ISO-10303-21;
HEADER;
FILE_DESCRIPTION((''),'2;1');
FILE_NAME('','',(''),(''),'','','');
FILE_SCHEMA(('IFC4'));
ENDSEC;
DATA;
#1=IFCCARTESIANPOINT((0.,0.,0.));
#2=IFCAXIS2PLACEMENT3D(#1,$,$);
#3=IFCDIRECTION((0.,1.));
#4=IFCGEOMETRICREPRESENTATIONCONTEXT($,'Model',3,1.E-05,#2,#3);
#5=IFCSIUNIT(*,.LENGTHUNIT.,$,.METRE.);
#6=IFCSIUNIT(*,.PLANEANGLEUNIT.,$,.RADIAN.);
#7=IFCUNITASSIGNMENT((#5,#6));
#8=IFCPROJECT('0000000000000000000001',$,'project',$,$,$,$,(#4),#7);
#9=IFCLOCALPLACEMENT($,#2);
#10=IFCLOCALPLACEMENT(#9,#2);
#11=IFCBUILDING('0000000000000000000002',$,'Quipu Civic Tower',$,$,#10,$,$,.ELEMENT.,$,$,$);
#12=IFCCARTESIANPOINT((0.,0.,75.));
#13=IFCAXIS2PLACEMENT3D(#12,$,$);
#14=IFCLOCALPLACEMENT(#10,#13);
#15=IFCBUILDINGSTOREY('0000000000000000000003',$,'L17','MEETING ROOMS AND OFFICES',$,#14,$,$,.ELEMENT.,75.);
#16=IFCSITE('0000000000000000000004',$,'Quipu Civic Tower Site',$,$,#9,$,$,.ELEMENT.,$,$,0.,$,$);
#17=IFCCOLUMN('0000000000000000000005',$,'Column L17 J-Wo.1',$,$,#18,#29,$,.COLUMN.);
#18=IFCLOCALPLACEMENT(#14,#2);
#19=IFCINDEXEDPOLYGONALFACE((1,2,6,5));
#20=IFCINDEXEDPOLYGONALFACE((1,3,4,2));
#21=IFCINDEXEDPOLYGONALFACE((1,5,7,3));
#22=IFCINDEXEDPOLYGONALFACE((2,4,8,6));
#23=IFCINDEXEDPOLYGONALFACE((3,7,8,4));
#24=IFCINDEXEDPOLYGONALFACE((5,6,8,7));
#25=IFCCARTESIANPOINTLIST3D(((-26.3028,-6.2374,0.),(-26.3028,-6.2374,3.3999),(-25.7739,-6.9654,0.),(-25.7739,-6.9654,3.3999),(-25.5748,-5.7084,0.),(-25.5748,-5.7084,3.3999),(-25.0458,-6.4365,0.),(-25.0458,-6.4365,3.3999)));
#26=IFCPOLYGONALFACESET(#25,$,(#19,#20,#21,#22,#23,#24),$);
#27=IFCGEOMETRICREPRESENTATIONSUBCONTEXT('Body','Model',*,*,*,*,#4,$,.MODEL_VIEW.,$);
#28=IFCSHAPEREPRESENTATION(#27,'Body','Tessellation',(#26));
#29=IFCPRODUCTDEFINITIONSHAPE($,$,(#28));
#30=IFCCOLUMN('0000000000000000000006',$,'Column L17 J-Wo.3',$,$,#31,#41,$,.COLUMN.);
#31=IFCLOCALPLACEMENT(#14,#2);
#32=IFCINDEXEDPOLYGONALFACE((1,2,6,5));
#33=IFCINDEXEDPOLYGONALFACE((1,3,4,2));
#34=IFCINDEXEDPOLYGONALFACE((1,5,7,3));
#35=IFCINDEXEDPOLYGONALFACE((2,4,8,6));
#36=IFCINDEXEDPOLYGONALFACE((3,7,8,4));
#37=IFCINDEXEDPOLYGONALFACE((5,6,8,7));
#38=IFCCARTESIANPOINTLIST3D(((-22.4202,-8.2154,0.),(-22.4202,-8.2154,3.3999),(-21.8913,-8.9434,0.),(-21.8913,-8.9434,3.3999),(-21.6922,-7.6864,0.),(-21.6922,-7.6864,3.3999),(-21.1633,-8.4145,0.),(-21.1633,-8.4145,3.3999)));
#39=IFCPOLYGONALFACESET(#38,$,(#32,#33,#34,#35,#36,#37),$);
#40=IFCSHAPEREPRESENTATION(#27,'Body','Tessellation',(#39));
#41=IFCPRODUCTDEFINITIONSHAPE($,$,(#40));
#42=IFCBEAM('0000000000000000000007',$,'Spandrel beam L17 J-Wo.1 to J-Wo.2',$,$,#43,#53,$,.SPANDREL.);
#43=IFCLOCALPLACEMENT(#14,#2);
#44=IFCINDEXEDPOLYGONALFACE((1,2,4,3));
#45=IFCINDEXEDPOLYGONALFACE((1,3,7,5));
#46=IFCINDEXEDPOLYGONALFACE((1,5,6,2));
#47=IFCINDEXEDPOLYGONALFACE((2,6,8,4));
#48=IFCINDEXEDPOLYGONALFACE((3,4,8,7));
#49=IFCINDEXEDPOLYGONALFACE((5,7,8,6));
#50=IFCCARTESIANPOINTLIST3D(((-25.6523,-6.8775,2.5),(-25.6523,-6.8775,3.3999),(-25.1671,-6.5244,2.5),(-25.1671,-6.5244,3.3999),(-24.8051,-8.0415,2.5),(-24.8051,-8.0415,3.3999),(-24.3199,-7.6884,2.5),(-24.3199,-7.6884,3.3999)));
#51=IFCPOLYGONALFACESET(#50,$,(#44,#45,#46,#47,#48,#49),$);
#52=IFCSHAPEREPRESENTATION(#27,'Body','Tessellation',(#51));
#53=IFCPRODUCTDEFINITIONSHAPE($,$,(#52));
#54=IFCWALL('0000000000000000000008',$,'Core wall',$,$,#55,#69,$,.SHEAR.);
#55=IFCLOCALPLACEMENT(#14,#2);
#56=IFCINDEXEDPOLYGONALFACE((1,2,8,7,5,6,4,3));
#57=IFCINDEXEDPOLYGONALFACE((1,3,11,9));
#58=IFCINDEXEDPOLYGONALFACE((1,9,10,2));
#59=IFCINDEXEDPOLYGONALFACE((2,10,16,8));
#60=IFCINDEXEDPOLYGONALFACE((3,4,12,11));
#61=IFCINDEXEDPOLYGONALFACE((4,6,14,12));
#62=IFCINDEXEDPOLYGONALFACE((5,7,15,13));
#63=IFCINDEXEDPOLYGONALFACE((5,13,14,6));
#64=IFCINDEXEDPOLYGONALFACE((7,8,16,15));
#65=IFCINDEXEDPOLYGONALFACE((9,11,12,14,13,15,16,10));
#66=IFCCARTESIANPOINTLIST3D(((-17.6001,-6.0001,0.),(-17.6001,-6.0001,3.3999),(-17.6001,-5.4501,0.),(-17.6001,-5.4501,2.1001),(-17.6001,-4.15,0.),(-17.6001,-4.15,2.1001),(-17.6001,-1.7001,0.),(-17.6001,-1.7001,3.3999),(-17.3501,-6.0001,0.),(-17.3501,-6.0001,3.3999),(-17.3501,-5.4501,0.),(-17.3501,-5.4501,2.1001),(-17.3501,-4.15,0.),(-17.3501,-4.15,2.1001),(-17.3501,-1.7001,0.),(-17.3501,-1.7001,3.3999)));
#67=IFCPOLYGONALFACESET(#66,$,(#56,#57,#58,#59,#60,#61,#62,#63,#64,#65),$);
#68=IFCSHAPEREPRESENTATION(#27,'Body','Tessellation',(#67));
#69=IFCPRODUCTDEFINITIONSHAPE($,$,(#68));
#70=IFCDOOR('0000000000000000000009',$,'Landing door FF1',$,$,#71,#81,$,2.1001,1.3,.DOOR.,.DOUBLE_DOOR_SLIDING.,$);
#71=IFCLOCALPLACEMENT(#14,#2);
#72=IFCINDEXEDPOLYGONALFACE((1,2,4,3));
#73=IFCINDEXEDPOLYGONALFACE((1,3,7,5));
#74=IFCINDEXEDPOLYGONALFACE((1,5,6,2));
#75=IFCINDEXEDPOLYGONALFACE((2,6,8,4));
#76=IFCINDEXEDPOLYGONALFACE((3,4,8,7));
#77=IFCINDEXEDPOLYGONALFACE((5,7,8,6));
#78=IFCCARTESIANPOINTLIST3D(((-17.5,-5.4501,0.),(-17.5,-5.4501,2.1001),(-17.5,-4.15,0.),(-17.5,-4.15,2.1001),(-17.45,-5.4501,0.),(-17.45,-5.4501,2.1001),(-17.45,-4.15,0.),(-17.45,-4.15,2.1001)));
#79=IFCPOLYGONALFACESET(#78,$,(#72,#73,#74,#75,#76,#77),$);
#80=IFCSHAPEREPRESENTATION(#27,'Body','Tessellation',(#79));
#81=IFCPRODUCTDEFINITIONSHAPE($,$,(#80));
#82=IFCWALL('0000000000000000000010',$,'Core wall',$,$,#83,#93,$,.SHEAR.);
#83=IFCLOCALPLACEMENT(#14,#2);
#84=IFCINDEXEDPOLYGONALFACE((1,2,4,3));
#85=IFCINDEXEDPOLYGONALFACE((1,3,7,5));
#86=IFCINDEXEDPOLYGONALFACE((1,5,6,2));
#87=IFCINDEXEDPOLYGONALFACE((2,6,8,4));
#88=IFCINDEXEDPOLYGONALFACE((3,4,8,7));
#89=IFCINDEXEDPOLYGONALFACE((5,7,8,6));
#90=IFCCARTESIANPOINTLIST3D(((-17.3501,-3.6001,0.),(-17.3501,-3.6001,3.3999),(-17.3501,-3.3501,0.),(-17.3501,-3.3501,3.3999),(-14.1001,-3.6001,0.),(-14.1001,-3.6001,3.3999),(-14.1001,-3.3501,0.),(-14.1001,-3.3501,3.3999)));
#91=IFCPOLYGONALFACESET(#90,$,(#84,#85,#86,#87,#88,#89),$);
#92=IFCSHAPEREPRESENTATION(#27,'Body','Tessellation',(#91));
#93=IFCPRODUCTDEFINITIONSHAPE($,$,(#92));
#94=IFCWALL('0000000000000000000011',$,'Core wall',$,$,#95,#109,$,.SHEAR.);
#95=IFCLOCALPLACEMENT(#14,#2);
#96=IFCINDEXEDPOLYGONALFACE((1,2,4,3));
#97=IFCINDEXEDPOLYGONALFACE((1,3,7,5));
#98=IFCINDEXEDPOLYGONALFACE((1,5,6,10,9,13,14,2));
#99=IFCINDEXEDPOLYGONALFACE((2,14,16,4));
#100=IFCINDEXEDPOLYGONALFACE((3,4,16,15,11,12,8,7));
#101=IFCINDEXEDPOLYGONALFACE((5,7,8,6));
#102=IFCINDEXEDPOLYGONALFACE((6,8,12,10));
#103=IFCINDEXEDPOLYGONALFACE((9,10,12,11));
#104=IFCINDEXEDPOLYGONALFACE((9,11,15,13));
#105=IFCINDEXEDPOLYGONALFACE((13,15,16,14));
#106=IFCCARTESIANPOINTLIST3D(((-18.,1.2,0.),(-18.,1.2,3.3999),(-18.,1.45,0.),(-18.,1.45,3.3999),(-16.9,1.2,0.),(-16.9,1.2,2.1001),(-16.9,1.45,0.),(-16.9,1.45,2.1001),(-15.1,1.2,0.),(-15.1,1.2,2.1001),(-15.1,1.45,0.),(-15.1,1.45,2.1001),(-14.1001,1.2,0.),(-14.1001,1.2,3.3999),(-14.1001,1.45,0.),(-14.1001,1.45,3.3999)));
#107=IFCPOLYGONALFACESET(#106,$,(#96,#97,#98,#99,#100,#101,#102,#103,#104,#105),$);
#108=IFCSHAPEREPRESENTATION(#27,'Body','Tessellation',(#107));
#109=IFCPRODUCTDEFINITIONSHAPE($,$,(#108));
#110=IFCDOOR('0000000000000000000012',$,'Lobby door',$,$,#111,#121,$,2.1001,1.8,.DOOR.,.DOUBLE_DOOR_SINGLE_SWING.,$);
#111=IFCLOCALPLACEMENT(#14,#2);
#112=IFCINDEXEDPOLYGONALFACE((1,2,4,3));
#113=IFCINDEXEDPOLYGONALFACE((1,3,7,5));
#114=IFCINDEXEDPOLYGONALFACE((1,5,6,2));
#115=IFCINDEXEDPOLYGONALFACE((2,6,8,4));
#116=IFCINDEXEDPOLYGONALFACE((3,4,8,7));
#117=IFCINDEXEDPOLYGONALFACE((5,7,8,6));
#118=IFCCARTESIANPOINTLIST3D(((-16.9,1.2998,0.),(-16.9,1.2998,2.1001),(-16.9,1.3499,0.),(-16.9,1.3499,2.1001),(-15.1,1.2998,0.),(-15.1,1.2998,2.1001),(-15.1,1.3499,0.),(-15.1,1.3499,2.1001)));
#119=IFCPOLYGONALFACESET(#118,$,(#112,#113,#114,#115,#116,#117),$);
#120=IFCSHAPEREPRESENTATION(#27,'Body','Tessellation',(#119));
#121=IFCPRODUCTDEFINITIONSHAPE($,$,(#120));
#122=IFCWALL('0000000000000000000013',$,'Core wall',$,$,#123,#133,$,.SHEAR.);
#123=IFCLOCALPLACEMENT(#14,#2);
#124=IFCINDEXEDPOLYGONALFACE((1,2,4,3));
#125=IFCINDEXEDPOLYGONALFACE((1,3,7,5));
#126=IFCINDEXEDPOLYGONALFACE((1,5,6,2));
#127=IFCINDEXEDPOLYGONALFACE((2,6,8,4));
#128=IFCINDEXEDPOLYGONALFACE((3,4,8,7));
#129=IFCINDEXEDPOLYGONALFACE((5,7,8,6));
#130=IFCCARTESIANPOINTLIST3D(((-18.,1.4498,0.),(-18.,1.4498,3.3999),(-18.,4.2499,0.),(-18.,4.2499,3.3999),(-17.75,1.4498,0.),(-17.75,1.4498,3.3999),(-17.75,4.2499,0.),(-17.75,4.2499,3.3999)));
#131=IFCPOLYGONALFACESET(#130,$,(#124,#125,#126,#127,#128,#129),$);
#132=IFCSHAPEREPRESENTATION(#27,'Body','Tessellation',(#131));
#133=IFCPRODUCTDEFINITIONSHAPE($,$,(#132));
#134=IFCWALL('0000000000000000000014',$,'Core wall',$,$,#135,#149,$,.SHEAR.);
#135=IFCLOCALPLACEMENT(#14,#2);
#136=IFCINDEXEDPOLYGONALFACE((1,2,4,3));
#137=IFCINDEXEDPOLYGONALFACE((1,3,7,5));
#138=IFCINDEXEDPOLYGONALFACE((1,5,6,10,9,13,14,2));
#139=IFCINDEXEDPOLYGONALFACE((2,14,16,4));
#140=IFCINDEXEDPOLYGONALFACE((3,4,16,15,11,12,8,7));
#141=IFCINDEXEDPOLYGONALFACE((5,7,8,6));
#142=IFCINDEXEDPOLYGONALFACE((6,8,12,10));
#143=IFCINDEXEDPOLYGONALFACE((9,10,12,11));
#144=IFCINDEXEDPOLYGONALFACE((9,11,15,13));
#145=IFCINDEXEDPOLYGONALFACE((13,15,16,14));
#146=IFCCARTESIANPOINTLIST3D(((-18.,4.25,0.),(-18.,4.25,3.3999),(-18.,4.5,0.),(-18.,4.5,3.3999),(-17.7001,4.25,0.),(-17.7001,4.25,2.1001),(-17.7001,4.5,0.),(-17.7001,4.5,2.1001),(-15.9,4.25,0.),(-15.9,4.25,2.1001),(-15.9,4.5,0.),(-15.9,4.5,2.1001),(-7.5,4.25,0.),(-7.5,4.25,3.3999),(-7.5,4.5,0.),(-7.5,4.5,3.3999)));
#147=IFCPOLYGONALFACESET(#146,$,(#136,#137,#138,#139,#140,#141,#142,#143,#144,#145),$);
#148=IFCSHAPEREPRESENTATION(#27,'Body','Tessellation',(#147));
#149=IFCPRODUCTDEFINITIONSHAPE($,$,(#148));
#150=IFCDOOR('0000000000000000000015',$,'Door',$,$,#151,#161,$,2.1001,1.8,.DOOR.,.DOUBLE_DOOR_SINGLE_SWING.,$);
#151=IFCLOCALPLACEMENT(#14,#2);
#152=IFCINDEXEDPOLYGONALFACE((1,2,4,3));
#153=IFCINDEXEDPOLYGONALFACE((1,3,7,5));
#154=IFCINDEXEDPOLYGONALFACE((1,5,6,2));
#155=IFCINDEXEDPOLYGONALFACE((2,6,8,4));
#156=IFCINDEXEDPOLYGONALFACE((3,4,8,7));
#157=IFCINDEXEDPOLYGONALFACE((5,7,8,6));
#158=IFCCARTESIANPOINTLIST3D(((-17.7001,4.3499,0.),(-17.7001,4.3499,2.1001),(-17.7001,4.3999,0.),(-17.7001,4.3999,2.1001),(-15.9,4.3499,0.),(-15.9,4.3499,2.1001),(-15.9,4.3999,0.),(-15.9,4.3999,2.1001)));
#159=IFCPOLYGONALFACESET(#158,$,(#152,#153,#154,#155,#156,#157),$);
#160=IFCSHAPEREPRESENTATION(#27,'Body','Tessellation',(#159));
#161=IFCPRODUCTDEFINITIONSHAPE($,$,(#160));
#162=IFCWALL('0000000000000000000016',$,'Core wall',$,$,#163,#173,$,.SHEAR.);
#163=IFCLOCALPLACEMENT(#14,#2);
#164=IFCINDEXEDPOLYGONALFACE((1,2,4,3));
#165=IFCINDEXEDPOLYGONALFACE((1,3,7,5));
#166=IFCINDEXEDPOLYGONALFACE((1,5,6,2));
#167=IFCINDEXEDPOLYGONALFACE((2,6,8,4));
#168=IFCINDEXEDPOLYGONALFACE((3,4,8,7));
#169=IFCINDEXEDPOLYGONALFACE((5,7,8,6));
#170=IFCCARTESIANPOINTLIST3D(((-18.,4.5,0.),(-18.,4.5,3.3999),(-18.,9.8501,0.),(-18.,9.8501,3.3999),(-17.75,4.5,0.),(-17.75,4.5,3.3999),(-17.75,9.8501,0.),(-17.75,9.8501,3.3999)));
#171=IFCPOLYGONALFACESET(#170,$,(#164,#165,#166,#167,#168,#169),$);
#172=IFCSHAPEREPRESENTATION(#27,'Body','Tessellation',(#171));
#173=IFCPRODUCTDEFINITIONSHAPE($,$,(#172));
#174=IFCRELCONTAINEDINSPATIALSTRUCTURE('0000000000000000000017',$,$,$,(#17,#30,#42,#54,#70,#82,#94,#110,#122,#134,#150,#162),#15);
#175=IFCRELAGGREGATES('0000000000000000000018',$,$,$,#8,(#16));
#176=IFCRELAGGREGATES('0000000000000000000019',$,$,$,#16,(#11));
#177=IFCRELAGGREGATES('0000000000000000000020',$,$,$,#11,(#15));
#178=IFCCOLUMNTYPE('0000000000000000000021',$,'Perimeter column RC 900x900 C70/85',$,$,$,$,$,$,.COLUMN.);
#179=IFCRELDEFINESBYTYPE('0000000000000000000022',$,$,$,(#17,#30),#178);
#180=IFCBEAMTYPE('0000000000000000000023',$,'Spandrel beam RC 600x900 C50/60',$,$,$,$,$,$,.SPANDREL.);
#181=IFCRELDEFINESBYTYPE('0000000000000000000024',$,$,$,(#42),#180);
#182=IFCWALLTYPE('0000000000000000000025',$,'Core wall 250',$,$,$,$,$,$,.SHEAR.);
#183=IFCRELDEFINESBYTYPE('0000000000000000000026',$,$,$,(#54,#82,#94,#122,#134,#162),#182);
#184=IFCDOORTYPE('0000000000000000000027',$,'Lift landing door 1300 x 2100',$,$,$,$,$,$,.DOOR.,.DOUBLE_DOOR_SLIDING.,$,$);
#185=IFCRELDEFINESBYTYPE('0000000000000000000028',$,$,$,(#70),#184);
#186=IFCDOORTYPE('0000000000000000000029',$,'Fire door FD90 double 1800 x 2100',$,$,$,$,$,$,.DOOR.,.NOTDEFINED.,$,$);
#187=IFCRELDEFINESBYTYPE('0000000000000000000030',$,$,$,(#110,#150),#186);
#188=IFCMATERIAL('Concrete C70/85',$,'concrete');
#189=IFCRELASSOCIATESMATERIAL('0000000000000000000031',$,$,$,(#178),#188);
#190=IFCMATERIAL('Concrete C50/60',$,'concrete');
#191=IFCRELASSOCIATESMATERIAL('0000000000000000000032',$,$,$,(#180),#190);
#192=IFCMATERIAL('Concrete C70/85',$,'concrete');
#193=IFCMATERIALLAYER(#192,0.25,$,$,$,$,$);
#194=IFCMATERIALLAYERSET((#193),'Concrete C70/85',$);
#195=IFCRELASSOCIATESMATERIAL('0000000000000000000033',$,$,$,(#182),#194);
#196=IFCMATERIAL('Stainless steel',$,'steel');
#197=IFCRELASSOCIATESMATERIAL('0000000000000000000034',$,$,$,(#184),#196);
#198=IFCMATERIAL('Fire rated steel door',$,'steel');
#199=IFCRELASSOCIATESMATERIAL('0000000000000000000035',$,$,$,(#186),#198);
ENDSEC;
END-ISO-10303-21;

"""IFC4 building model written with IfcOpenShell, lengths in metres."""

from ifc_helpers import new_model, si_unit, direction, frame, frame_2d, origin, origin_2d, place, context, subcontext, project, spatial, rectangle, extrude, material, layer, layer_set, material_profile, profile_set, type_object, element, fill, save


model = new_model("IFC4")

# Units and contexts
model_context = context("Model", 3, precision=1e-05, world=origin(), true_north=direction((0.0, 1.0)))
body_context = subcontext(model_context, "Body", "Model", "MODEL_VIEW")
ifc_project = project(units=[si_unit("LENGTHUNIT", "METRE"), si_unit("PLANEANGLEUNIT", "RADIAN")], contexts=[model_context])

# Site, building, storey
site_placement = place(None, origin())
site = spatial("IfcSite", under=ifc_project, at=site_placement, Name="Quipu Civic Tower Site", CompositionType="ELEMENT", RefElevation=0.0)
building_placement = place(site_placement, origin())
building = spatial("IfcBuilding", under=site, at=building_placement, Name="Quipu Civic Tower", CompositionType="ELEMENT")
storey_placement = place(building_placement, frame((0.0, 0.0, 75.0)))
storey = spatial("IfcBuildingStorey", under=building, at=storey_placement, Name="L17", Description="MEETING ROOMS AND OFFICES", CompositionType="ELEMENT", Elevation=75.0)

# Columns
ifc_material_1 = material(Name="Concrete C70/85", Category="concrete")
ifc_material_profile_1 = material_profile(ifc_material_1, rectangle(XDim=0.8999, YDim=0.8999, at=origin_2d()), Name="RC900x900")
ifc_profile_set_1 = profile_set([ifc_material_profile_1], Name="Concrete C70/85")
column_type = type_object("IfcColumnType", Name="Perimeter column RC 900x900 C70/85", PredefinedType="COLUMN", material=ifc_profile_set_1)
for number, where, z_axis, x_axis, name in (
    (1, (-25.6743, -6.3369, 0.0), (0.0, 0.0, 1.0), (0.587785, -0.809017, 0.0), "Column L17 J-Wo.1"),
    (2, (-21.7917, -8.3149, 0.0), (0.0, 0.0, 1.0), (0.587785, -0.809017, 0.0), "Column L17 J-Wo.3"),
):
    element("IfcColumn", number, at=place(storey_placement, frame(where, z_axis=z_axis, x_axis=x_axis)), inside=storey, type_object=column_type, Name=name, PredefinedType="COLUMN", context=body_context, shape_type="SweptSolid", body=[
        extrude(rectangle(XDim=0.8999, YDim=0.8999, at=origin_2d()), origin(), (0.0, 0.0, 1.0), 3.3999),
    ])

# Beam
ifc_material_2 = material(Name="Concrete C50/60", Category="concrete")
ifc_material_profile_2 = material_profile(ifc_material_2, rectangle(XDim=0.6001, YDim=0.8999, at=origin_2d()), Name="RC600x900")
ifc_profile_set_2 = profile_set([ifc_material_profile_2], Name="Concrete C50/60")
beam_type = type_object("IfcBeamType", Name="Spandrel beam RC 600x900 C50/60", PredefinedType="SPANDREL", material=ifc_profile_set_2)
beam_placement = place(storey_placement, frame((-25.4097, -6.7009, 2.95), z_axis=(0.588434, -0.808545, 0.0), x_axis=(0.808545, 0.588434, 0.0)))
element("IfcBeam", 3, at=beam_placement, inside=storey, type_object=beam_type, Name="Spandrel beam L17 J-Wo.1 to J-Wo.2", PredefinedType="SPANDREL", context=body_context, shape_type="SweptSolid", body=[
    extrude(rectangle(XDim=0.6001, YDim=0.8999, at=origin_2d()), origin(), (0.0, 0.0, 1.0), 1.4397),
])

# Wall, opening, door
ifc_material_3 = material(Name="Concrete C70/85", Category="concrete")
ifc_layer_1 = layer(ifc_material_3, 0.25)
ifc_layer_set_1 = layer_set([ifc_layer_1], Name="Concrete C70/85")
wall_type_1 = type_object("IfcWallType", Name="Core wall 250", PredefinedType="SHEAR", material=ifc_layer_set_1)
wall_1_placement = place(storey_placement, frame((-17.4751, -6.0, 0.0), z_axis=(0.0, 0.0, 1.0), x_axis=(0.0, 1.0, 0.0)))
wall_1 = element("IfcWall", 4, at=wall_1_placement, inside=storey, type_object=wall_type_1, Name="Core wall", PredefinedType="SHEAR", context=body_context, shape_type="SweptSolid", body=[
    extrude(rectangle(XDim=4.3, YDim=0.25, at=frame_2d((2.1499, 0.0))), origin(), (0.0, 0.0, 1.0), 3.3999),
])
opening_1_placement = place(wall_1_placement, frame((0.55, 0.0, 0.0)))
opening_1 = element("IfcOpeningElement", 5, at=opening_1_placement, cuts=wall_1, PredefinedType="OPENING", context=body_context, shape_type="SweptSolid", body=[
    extrude(rectangle(XDim=1.3, YDim=2.1001, at=frame_2d((0.6499, 1.05))), frame((0.0, 0.135, 0.0), z_axis=(0.0, -1.0, 0.0), x_axis=(1.0, 0.0, 0.0)), (0.0, 0.0, 1.0), 0.27),
])
ifc_material_4 = material(Name="Stainless steel", Category="steel")
door_type_1 = type_object("IfcDoorType", Name="Lift landing door 1300 x 2100", OperationType="DOUBLE_DOOR_SLIDING", PredefinedType="DOOR", material=ifc_material_4)
door_1_placement = place(opening_1_placement, origin())
door_1 = element("IfcDoor", 6, at=door_1_placement, inside=storey, type_object=door_type_1, Name="Landing door FF1", OperationType="DOUBLE_DOOR_SLIDING", OverallHeight=2.1001, OverallWidth=1.3, PredefinedType="DOOR", context=body_context, shape_type="SweptSolid", body=[
    extrude(rectangle(XDim=1.3, YDim=2.1001, at=frame_2d((0.6499, 1.05))), frame((0.0, 0.0249, 0.0), z_axis=(0.0, -1.0, 0.0), x_axis=(1.0, 0.0, 0.0)), (0.0, 0.0, 1.0), 0.05),
])
fill(opening_1, door_1)

# Wall
wall_2_placement = place(storey_placement, frame((-17.3501, -3.4751, 0.0), z_axis=(0.0, 0.0, 1.0), x_axis=(1.0, 0.0, 0.0)))
element("IfcWall", 7, at=wall_2_placement, inside=storey, type_object=wall_type_1, Name="Core wall", PredefinedType="SHEAR", context=body_context, shape_type="SweptSolid", body=[
    extrude(rectangle(XDim=3.25, YDim=0.25, at=frame_2d((1.625, 0.0))), origin(), (0.0, 0.0, 1.0), 3.3999),
])

# Wall, opening, door
wall_3_placement = place(storey_placement, frame((-18.0, 1.325, 0.0), z_axis=(0.0, 0.0, 1.0), x_axis=(1.0, 0.0, 0.0)))
wall_3 = element("IfcWall", 8, at=wall_3_placement, inside=storey, type_object=wall_type_1, Name="Core wall", PredefinedType="SHEAR", context=body_context, shape_type="SweptSolid", body=[
    extrude(rectangle(XDim=3.8999, YDim=0.25, at=frame_2d((1.95, 0.0))), origin(), (0.0, 0.0, 1.0), 3.3999),
])
opening_2_placement = place(wall_3_placement, frame((1.1001, 0.0, 0.0)))
opening_2 = element("IfcOpeningElement", 9, at=opening_2_placement, cuts=wall_3, PredefinedType="OPENING", context=body_context, shape_type="SweptSolid", body=[
    extrude(rectangle(XDim=1.8, YDim=2.1001, at=frame_2d((0.8999, 1.05))), frame((0.0, 0.135, 0.0), z_axis=(0.0, -1.0, 0.0), x_axis=(1.0, 0.0, 0.0)), (0.0, 0.0, 1.0), 0.27),
])
ifc_material_5 = material(Name="Fire rated steel door", Category="steel")
door_type_2 = type_object("IfcDoorType", Name="Fire door FD90 double 1800 x 2100", OperationType="NOTDEFINED", PredefinedType="DOOR", material=ifc_material_5)
door_2_placement = place(opening_2_placement, origin())
door_2 = element("IfcDoor", 10, at=door_2_placement, inside=storey, type_object=door_type_2, Name="Lobby door", OperationType="DOUBLE_DOOR_SINGLE_SWING", OverallHeight=2.1001, OverallWidth=1.8, PredefinedType="DOOR", context=body_context, shape_type="SweptSolid", body=[
    extrude(rectangle(XDim=1.8, YDim=2.1001, at=frame_2d((0.8999, 1.05))), frame((0.0, 0.0249, 0.0), z_axis=(0.0, -1.0, 0.0), x_axis=(1.0, 0.0, 0.0)), (0.0, 0.0, 1.0), 0.05),
])
fill(opening_2, door_2)

# Wall
wall_4_placement = place(storey_placement, frame((-17.875, 1.45, 0.0), z_axis=(0.0, 0.0, 1.0), x_axis=(0.0, 1.0, 0.0)))
element("IfcWall", 11, at=wall_4_placement, inside=storey, type_object=wall_type_1, Name="Core wall", PredefinedType="SHEAR", context=body_context, shape_type="SweptSolid", body=[
    extrude(rectangle(XDim=2.8, YDim=0.25, at=frame_2d((1.3999, 0.0))), origin(), (0.0, 0.0, 1.0), 3.3999),
])

# Wall, opening, door
wall_5_placement = place(storey_placement, frame((-18.0, 4.375, 0.0), z_axis=(0.0, 0.0, 1.0), x_axis=(1.0, 0.0, 0.0)))
wall_5 = element("IfcWall", 12, at=wall_5_placement, inside=storey, type_object=wall_type_1, Name="Core wall", PredefinedType="SHEAR", context=body_context, shape_type="SweptSolid", body=[
    extrude(rectangle(XDim=10.5, YDim=0.25, at=frame_2d((5.25, 0.0))), origin(), (0.0, 0.0, 1.0), 3.3999),
])
opening_3_placement = place(wall_5_placement, frame((0.3, 0.0, 0.0)))
opening_3 = element("IfcOpeningElement", 13, at=opening_3_placement, cuts=wall_5, PredefinedType="OPENING", context=body_context, shape_type="SweptSolid", body=[
    extrude(rectangle(XDim=1.8, YDim=2.1001, at=frame_2d((0.8999, 1.05))), frame((0.0, 0.135, 0.0), z_axis=(0.0, -1.0, 0.0), x_axis=(1.0, 0.0, 0.0)), (0.0, 0.0, 1.0), 0.27),
])
door_3_placement = place(opening_3_placement, origin())
door_3 = element("IfcDoor", 14, at=door_3_placement, inside=storey, type_object=door_type_2, Name="Door", OperationType="DOUBLE_DOOR_SINGLE_SWING", OverallHeight=2.1001, OverallWidth=1.8, PredefinedType="DOOR", context=body_context, shape_type="SweptSolid", body=[
    extrude(rectangle(XDim=1.8, YDim=2.1001, at=frame_2d((0.8999, 1.05))), frame((0.0, 0.0249, 0.0), z_axis=(0.0, -1.0, 0.0), x_axis=(1.0, 0.0, 0.0)), (0.0, 0.0, 1.0), 0.05),
])
fill(opening_3, door_3)

# Wall
wall_6_placement = place(storey_placement, frame((-17.875, 4.5, 0.0), z_axis=(0.0, 0.0, 1.0), x_axis=(0.0, 1.0, 0.0)))
element("IfcWall", 15, at=wall_6_placement, inside=storey, type_object=wall_type_1, Name="Core wall", PredefinedType="SHEAR", context=body_context, shape_type="SweptSolid", body=[
    extrude(rectangle(XDim=5.3501, YDim=0.25, at=frame_2d((2.675, 0.0))), origin(), (0.0, 0.0, 1.0), 3.3999),
])

save(model, "model.ifc")
